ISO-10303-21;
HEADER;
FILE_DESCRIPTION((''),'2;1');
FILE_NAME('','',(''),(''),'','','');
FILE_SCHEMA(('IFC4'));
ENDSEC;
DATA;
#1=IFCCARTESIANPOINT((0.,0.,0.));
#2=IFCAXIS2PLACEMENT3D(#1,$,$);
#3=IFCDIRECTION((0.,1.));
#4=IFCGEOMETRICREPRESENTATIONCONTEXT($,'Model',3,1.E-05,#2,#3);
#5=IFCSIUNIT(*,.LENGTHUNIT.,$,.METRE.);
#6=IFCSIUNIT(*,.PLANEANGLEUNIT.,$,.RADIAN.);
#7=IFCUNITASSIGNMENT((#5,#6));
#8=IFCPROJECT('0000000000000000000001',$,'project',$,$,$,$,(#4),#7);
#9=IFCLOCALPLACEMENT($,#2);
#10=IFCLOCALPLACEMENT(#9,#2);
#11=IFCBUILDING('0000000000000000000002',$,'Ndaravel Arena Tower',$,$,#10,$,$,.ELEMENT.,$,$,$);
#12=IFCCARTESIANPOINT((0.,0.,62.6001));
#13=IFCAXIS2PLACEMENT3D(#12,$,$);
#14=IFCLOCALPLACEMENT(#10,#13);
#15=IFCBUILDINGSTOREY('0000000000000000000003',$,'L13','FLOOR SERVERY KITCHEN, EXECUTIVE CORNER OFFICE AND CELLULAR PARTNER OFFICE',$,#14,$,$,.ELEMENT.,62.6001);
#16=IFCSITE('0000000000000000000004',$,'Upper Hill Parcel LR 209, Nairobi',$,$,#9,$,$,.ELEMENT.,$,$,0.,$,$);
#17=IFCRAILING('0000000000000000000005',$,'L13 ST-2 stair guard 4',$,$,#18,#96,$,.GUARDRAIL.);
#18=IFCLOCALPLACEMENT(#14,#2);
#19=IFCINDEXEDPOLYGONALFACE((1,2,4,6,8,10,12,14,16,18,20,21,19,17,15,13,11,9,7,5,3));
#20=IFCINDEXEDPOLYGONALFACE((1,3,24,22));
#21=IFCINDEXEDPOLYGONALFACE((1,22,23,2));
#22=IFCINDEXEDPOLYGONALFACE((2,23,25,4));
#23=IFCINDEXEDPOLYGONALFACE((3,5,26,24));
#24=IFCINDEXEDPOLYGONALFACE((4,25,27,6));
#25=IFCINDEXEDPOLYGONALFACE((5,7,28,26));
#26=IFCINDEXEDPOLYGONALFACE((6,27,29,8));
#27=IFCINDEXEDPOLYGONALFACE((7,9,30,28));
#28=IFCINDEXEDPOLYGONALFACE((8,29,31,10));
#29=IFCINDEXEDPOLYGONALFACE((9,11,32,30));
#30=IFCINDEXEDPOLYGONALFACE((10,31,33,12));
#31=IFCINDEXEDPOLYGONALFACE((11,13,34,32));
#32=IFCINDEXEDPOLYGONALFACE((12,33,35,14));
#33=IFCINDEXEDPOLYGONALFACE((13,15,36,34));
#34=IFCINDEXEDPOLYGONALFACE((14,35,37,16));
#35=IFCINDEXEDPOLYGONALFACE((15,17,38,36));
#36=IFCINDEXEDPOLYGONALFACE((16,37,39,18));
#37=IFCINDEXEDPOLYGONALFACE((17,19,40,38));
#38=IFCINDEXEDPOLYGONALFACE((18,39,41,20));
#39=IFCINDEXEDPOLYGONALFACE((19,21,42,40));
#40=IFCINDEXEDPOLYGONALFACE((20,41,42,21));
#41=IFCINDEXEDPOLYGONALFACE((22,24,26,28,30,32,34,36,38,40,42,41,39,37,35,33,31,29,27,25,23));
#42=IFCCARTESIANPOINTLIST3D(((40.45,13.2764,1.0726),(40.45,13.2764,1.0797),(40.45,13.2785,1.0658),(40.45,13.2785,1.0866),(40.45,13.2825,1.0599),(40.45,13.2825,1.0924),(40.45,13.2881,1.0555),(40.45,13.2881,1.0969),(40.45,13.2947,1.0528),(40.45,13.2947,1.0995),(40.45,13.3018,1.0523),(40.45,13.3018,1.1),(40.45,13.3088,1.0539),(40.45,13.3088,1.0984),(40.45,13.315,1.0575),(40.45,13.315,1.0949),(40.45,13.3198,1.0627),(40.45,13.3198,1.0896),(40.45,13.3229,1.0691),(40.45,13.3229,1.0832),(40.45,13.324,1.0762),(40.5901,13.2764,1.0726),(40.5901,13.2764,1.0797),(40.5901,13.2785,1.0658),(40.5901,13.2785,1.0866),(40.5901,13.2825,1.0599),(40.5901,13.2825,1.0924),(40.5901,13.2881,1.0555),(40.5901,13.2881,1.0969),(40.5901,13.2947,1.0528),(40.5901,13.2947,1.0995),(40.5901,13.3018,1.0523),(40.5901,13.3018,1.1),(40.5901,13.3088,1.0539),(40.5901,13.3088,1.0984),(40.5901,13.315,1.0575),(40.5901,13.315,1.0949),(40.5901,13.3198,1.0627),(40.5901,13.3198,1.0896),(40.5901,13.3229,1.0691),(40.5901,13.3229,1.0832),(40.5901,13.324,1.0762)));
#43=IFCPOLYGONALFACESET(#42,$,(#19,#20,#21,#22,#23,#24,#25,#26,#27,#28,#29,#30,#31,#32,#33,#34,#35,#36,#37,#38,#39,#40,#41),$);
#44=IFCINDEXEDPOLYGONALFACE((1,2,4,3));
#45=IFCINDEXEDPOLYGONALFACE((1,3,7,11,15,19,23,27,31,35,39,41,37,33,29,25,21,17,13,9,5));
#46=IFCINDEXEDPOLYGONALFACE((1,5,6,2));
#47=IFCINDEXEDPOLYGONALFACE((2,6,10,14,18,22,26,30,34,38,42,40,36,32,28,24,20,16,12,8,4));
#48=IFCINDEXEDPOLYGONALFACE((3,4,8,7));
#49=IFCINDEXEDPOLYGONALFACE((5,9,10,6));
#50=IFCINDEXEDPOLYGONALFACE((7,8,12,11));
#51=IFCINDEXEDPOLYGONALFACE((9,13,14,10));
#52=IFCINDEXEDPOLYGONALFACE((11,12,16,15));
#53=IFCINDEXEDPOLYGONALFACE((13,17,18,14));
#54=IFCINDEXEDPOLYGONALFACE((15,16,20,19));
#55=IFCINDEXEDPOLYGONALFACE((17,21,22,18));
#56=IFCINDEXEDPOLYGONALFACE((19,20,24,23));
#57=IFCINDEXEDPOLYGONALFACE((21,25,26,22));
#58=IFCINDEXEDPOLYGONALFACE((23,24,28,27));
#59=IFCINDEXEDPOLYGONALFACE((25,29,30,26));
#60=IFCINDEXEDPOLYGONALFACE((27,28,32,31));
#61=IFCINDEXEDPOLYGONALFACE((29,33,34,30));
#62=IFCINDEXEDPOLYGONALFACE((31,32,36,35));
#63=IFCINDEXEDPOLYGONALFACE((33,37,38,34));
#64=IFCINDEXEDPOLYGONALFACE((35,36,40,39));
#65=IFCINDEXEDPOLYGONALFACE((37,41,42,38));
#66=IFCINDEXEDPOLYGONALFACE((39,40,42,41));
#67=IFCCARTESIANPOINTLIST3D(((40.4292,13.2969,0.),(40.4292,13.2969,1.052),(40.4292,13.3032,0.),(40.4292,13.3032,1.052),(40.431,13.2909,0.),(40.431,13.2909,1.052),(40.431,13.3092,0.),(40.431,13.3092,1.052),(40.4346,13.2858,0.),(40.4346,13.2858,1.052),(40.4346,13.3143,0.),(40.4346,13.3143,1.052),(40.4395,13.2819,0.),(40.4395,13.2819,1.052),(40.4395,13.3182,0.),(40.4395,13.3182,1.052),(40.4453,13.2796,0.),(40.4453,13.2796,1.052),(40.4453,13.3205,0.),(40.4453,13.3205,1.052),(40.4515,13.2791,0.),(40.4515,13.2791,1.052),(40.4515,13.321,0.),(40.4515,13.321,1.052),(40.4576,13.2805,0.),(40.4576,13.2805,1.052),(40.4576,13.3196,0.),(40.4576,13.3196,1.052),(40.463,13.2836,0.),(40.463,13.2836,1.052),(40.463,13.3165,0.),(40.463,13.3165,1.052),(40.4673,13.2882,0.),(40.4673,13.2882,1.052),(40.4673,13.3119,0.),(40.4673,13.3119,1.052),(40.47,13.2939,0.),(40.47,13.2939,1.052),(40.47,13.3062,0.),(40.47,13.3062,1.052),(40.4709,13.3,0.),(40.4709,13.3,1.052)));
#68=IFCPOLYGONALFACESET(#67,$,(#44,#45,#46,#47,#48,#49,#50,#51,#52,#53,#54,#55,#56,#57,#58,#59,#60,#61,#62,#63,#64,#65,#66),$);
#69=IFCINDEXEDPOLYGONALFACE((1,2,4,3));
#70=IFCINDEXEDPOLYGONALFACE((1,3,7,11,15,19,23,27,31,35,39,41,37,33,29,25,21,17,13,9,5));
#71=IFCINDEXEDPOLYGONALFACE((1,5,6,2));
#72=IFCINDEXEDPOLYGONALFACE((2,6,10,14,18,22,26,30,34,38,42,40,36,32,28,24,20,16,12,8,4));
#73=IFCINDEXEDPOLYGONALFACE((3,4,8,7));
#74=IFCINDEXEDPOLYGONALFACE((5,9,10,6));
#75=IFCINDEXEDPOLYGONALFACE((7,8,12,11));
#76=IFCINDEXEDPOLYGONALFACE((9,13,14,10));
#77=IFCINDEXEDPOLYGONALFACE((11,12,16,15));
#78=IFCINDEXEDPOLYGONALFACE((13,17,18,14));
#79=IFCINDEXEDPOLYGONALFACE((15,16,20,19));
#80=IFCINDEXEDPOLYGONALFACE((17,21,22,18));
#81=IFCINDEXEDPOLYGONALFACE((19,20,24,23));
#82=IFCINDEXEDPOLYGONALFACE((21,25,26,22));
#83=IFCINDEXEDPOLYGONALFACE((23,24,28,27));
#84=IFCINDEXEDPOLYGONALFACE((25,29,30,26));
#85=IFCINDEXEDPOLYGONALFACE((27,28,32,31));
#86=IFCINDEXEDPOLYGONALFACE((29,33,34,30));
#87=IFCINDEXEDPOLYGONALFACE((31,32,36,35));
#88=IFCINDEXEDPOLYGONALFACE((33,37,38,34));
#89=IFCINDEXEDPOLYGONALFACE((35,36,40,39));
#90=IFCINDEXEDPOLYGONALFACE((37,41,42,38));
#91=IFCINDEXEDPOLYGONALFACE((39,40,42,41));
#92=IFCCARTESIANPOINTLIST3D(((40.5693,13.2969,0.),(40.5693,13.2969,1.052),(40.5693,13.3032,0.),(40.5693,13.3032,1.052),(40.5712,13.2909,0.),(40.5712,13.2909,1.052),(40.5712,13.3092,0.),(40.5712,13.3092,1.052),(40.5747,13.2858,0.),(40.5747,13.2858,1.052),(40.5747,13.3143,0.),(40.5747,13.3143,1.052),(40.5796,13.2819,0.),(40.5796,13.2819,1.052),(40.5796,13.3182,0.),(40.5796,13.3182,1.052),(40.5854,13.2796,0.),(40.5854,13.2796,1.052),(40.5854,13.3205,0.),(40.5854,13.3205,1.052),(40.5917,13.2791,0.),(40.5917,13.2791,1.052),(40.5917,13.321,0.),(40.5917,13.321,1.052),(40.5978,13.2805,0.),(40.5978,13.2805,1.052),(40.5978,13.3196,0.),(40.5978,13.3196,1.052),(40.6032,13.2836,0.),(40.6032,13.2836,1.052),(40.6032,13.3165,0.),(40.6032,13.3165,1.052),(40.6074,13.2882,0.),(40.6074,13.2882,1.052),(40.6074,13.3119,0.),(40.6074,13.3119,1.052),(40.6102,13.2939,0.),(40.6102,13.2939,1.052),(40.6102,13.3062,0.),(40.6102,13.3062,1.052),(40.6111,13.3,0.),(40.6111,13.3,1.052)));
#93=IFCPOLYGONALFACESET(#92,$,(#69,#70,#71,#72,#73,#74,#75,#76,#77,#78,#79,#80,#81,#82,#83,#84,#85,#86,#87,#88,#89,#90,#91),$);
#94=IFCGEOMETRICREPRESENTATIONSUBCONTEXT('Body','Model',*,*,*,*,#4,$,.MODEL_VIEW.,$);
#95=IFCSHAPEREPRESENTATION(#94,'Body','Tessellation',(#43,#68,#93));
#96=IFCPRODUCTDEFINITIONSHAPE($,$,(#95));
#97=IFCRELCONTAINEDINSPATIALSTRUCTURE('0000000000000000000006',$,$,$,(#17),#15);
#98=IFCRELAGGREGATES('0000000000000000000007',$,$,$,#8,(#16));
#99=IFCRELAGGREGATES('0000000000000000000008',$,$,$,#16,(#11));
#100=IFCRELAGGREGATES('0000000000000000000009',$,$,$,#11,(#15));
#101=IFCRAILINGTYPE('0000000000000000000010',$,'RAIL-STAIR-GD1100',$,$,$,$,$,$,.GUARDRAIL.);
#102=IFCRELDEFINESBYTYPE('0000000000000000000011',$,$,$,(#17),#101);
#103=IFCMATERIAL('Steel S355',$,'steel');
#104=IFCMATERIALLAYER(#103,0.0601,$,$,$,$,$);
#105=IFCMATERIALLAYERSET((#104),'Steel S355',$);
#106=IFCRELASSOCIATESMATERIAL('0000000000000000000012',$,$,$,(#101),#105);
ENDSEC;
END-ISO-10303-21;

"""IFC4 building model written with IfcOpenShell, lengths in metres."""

from ifc_helpers import new_model, si_unit, direction, frame, origin, origin_2d, place, context, subcontext, project, spatial, circle, extrude, material, layer, layer_set, type_object, element, save


model = new_model("IFC4")

# Units and contexts
model_context = context("Model", 3, precision=1e-05, world=origin(), true_north=direction((0.0, 1.0)))
body_context = subcontext(model_context, "Body", "Model", "MODEL_VIEW")
ifc_project = project(units=[si_unit("LENGTHUNIT", "METRE"), si_unit("PLANEANGLEUNIT", "RADIAN")], contexts=[model_context])

# Site, building, storey
site_placement = place(None, origin())
site = spatial("IfcSite", under=ifc_project, at=site_placement, Name="Upper Hill Parcel LR 209, Nairobi", CompositionType="ELEMENT", RefElevation=0.0)
building_placement = place(site_placement, origin())
building = spatial("IfcBuilding", under=site, at=building_placement, Name="Ndaravel Arena Tower", CompositionType="ELEMENT")
storey_placement = place(building_placement, frame((0.0, 0.0, 62.6001)))
storey = spatial("IfcBuildingStorey", under=building, at=storey_placement, Name="L13", Description="FLOOR SERVERY KITCHEN, EXECUTIVE CORNER OFFICE AND CELLULAR PARTNER OFFICE", CompositionType="ELEMENT", Elevation=62.6001)

# Railing
ifc_material_1 = material(Name="Steel S355", Category="steel")
ifc_layer_1 = layer(ifc_material_1, 0.0601)
ifc_layer_set_1 = layer_set([ifc_layer_1], Name="Steel S355")
railing_type_1 = type_object("IfcRailingType", Name="RAIL-STAIR-GD1100", PredefinedType="GUARDRAIL", material=ifc_layer_set_1)
railing_1_placement = place(storey_placement, frame((40.45, 13.3, 0.0)))
element("IfcRailing", 1, at=railing_1_placement, inside=storey, type_object=railing_type_1, Name="L13 ST-2 stair guard 4", PredefinedType="GUARDRAIL", context=body_context, shape_type="SweptSolid", body=[
    extrude(circle(Radius=0.0239, at=origin_2d()), frame((0.0, 0.0, 1.0762), z_axis=(1.0, 0.0, 0.0), x_axis=(0.0, 1.0, 0.0)), (0.0, 0.0, 1.0), 0.1401),
    extrude(circle(Radius=0.021, at=origin_2d()), origin(), (0.0, 0.0, 1.0), 1.052),
    extrude(circle(Radius=0.021, at=origin_2d()), frame((0.1401, 0.0, 0.0)), (0.0, 0.0, 1.0), 1.052),
])

save(model, "model.ifc")
